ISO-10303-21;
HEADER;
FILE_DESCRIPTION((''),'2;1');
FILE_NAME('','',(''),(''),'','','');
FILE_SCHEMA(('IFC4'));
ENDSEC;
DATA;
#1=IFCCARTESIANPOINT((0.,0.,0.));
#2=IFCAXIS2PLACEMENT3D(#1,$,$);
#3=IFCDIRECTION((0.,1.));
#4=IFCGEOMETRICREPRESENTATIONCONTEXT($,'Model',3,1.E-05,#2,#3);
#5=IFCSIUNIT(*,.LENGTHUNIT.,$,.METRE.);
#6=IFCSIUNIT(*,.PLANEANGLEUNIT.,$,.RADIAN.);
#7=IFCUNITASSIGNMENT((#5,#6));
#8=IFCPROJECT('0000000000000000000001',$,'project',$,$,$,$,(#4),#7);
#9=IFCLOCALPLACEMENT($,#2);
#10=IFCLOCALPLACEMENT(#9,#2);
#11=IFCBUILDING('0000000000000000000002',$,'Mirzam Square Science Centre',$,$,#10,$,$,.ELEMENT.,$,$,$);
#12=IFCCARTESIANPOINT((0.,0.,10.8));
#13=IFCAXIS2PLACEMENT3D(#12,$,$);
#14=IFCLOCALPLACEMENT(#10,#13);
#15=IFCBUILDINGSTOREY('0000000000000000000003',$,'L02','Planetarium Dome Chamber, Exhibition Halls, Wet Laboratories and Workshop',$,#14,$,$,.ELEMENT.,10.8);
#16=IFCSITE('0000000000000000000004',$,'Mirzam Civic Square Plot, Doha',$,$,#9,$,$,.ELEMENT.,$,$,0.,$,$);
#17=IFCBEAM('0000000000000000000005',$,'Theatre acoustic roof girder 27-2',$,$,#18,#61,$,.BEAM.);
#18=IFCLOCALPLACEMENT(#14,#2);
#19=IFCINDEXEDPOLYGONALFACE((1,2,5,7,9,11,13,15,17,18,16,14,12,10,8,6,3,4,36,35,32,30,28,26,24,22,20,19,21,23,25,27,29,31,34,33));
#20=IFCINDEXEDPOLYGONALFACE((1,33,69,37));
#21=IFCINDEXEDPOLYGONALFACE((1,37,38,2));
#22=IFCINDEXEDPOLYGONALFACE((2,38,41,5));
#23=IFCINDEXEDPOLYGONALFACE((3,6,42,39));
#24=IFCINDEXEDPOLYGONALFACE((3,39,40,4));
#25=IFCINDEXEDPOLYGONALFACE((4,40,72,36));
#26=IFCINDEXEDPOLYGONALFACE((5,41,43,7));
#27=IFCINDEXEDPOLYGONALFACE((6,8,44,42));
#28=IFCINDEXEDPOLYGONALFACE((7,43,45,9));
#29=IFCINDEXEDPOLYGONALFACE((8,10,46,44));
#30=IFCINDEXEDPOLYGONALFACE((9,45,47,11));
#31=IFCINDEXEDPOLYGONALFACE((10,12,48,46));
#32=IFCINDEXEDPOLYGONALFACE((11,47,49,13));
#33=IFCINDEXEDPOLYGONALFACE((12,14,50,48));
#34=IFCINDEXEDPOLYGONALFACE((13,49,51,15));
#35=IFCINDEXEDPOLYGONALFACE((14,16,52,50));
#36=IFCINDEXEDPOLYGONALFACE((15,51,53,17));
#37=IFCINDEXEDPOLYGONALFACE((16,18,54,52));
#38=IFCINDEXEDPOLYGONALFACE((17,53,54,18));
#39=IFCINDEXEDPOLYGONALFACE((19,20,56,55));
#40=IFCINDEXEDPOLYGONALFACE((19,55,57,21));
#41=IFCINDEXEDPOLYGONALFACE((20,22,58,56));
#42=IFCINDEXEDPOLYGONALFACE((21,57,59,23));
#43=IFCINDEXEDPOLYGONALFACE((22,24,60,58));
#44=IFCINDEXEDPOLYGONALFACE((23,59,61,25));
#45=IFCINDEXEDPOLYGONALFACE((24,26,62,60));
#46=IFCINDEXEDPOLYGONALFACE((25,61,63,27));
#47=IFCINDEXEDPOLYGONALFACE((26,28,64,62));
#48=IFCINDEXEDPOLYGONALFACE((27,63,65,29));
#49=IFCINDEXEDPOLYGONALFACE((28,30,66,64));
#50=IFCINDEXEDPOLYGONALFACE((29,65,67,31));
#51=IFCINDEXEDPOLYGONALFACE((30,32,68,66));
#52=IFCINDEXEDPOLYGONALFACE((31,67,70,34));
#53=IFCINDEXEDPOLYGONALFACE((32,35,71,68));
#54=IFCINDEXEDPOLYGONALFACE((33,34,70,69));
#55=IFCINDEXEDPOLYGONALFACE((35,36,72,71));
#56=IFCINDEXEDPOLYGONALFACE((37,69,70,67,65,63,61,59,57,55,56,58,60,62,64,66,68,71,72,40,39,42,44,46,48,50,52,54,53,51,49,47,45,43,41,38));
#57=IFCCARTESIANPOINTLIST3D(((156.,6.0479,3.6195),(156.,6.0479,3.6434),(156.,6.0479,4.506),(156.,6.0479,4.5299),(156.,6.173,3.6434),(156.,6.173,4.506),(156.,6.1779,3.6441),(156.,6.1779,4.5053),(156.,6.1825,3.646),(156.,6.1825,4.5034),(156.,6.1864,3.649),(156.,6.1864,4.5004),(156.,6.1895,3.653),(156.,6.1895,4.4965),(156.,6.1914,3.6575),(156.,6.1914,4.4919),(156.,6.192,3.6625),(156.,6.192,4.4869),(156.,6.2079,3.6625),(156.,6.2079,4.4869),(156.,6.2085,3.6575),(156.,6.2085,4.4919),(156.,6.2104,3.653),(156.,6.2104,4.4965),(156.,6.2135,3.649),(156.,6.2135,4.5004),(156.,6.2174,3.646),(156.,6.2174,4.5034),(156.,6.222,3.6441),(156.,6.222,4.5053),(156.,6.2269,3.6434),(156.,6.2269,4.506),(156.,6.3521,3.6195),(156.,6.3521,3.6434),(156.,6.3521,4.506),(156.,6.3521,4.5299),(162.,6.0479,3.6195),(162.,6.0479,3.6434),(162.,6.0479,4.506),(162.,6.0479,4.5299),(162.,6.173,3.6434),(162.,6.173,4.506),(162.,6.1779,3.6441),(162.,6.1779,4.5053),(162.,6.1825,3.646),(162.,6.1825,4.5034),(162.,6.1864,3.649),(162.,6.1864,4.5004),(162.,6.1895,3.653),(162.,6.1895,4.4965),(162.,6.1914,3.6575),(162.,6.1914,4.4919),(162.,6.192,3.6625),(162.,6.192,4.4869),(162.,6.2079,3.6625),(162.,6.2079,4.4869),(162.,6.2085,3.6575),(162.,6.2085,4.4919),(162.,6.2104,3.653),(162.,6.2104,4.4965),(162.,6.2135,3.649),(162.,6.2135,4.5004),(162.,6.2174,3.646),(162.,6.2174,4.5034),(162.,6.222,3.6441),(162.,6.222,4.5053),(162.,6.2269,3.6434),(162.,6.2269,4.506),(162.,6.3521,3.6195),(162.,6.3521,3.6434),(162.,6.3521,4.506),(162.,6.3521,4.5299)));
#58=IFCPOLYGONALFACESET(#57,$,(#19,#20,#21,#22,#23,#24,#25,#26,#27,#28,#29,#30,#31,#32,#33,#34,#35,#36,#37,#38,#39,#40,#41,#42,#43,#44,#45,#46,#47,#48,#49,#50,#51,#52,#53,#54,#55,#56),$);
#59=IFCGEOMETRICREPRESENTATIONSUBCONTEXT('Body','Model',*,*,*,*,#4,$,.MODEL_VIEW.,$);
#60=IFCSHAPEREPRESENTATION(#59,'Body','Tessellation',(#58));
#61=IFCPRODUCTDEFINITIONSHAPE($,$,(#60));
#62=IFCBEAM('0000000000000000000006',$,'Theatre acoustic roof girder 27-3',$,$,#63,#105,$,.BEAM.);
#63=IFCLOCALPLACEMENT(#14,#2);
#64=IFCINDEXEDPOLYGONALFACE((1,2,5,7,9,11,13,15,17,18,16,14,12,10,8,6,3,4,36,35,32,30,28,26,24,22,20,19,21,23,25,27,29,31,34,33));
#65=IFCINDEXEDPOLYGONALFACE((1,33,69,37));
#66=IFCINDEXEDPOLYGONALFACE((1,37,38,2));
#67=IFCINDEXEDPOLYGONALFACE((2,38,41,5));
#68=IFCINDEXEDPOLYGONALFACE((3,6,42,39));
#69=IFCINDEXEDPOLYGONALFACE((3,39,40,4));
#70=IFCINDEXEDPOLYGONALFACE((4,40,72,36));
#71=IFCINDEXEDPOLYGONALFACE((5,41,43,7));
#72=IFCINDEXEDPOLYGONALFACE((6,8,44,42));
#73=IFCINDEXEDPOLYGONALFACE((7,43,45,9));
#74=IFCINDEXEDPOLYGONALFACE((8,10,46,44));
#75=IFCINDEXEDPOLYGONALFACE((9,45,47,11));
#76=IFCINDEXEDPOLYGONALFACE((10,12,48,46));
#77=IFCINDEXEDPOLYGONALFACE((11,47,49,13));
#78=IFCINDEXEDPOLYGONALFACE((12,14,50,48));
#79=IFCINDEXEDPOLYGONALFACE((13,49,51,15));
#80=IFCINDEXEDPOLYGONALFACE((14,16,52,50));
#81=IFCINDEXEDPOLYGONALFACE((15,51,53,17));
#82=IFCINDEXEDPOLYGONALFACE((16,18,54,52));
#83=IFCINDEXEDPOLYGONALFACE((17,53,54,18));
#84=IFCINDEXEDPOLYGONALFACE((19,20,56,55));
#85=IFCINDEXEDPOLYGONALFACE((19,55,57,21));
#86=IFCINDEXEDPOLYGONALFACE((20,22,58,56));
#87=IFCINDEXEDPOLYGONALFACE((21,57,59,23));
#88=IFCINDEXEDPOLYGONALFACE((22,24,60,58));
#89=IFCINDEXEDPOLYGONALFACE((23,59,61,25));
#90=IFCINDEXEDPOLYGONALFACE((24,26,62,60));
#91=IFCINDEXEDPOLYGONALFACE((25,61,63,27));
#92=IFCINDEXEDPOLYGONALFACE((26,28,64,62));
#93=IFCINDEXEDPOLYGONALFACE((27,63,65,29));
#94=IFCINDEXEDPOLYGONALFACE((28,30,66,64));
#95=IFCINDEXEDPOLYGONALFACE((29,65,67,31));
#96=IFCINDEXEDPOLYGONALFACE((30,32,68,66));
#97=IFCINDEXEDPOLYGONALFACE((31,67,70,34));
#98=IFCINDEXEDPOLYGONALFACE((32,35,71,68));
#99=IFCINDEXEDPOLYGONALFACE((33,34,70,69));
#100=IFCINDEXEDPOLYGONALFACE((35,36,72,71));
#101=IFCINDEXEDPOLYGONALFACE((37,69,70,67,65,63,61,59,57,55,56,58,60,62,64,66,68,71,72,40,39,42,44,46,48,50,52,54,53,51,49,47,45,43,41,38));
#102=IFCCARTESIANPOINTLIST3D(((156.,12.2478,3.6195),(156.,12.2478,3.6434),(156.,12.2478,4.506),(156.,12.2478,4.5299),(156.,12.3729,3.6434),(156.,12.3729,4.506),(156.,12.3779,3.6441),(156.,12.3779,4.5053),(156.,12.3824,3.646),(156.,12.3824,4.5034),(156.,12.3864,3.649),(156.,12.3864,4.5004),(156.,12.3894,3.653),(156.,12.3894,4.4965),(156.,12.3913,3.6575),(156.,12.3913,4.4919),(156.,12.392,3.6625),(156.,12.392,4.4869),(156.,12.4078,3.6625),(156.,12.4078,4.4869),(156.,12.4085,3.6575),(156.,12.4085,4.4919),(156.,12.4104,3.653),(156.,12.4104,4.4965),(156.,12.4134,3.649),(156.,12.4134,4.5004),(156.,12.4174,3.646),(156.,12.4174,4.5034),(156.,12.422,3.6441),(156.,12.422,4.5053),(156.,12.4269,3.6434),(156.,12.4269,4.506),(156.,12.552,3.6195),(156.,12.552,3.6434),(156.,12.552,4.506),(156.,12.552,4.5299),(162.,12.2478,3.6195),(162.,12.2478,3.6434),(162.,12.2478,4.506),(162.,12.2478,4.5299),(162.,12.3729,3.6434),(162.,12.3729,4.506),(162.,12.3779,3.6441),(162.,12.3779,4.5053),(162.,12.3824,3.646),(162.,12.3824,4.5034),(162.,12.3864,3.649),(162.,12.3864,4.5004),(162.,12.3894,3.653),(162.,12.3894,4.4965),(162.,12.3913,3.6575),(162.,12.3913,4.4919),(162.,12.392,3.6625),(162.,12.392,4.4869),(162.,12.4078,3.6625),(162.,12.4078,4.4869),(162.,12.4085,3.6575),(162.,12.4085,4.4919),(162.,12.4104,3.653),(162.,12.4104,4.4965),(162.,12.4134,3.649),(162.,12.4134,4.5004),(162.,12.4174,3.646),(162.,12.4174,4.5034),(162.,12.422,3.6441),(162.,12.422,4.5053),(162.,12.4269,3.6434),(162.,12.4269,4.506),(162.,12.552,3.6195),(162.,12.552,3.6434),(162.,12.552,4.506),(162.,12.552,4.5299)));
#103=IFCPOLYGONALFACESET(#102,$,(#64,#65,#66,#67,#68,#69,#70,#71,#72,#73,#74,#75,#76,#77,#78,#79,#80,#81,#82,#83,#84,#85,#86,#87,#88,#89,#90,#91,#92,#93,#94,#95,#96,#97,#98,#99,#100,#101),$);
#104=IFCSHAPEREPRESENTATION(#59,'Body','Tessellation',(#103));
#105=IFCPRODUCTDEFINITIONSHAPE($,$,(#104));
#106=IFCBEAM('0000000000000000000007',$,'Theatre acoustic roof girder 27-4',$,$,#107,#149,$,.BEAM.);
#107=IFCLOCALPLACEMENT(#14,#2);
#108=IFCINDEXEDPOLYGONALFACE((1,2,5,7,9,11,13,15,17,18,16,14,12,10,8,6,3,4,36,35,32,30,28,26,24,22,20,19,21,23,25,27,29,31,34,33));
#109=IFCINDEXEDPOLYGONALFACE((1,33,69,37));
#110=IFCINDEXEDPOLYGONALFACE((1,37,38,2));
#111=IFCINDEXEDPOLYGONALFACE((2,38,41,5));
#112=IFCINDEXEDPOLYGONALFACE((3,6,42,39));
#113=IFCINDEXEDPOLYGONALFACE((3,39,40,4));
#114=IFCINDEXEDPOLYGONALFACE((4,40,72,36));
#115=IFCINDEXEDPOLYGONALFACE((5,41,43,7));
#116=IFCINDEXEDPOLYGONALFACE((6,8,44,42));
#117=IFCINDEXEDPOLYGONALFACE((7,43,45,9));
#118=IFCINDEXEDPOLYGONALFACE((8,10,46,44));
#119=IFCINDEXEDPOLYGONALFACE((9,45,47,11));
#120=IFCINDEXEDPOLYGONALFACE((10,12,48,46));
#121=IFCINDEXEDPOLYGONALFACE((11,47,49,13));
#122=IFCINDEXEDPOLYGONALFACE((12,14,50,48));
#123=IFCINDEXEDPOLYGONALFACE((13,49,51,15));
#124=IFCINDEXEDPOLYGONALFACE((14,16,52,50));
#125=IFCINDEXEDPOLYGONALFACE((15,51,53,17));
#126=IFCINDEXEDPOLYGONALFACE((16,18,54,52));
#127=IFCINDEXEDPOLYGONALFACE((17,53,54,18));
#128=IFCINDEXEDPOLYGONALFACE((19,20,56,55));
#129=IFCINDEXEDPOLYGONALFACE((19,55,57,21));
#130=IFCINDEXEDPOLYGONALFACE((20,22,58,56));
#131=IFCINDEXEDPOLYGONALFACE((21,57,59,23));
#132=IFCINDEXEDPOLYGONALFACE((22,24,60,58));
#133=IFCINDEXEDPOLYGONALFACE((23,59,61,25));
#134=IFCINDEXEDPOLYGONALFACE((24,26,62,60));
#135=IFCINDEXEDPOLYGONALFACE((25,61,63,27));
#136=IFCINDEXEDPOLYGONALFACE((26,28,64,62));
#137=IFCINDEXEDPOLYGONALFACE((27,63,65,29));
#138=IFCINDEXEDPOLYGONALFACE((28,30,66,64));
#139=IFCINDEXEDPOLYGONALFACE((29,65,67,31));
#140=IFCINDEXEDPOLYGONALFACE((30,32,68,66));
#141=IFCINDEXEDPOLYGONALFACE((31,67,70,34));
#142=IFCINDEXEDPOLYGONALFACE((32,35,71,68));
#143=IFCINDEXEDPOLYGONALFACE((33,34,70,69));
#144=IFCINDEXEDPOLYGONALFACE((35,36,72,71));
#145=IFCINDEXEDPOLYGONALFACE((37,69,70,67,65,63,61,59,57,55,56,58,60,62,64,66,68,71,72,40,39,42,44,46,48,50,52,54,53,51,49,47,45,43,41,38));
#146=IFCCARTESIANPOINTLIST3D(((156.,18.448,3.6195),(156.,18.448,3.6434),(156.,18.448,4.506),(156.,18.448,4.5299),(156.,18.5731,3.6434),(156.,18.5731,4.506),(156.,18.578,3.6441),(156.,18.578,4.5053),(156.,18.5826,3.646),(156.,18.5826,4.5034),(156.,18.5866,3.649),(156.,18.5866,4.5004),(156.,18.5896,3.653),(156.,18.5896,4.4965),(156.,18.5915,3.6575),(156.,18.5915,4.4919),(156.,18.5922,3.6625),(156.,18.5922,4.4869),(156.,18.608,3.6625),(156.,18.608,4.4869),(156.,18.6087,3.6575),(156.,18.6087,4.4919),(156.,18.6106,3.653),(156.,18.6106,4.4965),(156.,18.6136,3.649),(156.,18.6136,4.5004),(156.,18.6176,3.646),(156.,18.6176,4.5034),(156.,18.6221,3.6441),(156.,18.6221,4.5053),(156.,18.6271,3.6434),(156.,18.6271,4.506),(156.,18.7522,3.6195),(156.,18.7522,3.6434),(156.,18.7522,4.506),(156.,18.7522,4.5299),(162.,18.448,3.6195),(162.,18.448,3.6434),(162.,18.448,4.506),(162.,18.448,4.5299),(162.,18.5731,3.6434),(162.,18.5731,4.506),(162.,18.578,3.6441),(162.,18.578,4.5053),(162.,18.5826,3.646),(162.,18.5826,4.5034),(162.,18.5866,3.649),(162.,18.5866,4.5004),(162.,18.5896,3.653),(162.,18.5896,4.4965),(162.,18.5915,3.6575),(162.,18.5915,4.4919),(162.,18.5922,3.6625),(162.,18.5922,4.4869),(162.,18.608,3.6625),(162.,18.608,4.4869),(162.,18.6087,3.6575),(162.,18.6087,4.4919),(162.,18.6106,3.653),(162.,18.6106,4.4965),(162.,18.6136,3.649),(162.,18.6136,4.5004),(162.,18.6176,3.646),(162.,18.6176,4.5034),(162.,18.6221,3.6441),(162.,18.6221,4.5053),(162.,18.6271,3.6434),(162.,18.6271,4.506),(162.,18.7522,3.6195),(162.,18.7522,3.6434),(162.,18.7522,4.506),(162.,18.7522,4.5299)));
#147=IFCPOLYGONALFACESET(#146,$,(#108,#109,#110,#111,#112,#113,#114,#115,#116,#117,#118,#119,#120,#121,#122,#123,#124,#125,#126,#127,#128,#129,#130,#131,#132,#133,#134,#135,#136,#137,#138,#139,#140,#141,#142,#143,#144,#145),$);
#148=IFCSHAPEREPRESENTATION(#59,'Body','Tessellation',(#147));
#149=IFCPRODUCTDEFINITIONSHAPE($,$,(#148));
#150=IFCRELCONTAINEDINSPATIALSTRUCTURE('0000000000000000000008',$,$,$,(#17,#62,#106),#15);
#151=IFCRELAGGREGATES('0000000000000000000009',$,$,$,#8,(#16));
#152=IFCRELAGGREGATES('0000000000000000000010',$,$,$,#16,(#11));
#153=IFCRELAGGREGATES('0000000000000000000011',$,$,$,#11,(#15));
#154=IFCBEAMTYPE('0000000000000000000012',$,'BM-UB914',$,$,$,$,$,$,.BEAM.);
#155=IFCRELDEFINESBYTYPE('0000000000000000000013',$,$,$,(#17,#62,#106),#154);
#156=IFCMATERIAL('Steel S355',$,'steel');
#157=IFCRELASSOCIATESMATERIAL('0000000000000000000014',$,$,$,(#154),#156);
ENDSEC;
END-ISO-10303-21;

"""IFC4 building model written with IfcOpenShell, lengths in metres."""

from ifc_helpers import new_model, si_unit, direction, frame, origin, origin_2d, place, context, subcontext, project, spatial, i_section, extrude, material, material_profile, profile_set, type_object, element, save


model = new_model("IFC4")

# Units and contexts
model_context = context("Model", 3, precision=1e-05, world=origin(), true_north=direction((0.0, 1.0)))
body_context = subcontext(model_context, "Body", "Model", "MODEL_VIEW")
ifc_project = project(units=[si_unit("LENGTHUNIT", "METRE"), si_unit("PLANEANGLEUNIT", "RADIAN")], contexts=[model_context])

# Site, building, storey
site_placement = place(None, origin())
site = spatial("IfcSite", under=ifc_project, at=site_placement, Name="Mirzam Civic Square Plot, Doha", CompositionType="ELEMENT", RefElevation=0.0)
building_placement = place(site_placement, origin())
building = spatial("IfcBuilding", under=site, at=building_placement, Name="Mirzam Square Science Centre", CompositionType="ELEMENT")
storey_placement = place(building_placement, frame((0.0, 0.0, 10.8)))
storey = spatial("IfcBuildingStorey", under=building, at=storey_placement, Name="L02", Description="Planetarium Dome Chamber, Exhibition Halls, Wet Laboratories and Workshop", CompositionType="ELEMENT", Elevation=10.8)

# Shared definitions
ifc_material_1 = material(Name="Steel S355", Category="steel")

# Beams
ifc_material_profile_1 = material_profile(ifc_material_1, i_section(OverallWidth=0.3042, OverallDepth=0.9104, WebThickness=0.0159, FlangeThickness=0.0239, FilletRadius=0.019, at=origin_2d()), Name="914x305x224UB")
ifc_profile_set_1 = profile_set([ifc_material_profile_1], Name="Steel S355")
beam_type_1 = type_object("IfcBeamType", Name="BM-UB914", PredefinedType="BEAM", material=ifc_profile_set_1)
for number, where, z_axis, x_axis, name in (
    (1, (156.0, 6.2, 4.0747), (1.0, 0.0, 0.0), (0.0, 1.0, 0.0), "Theatre acoustic roof girder 27-2"),
    (2, (156.0, 12.3999, 4.0747), (1.0, 0.0, 0.0), (0.0, 1.0, 0.0), "Theatre acoustic roof girder 27-3"),
    (3, (156.0, 18.6001, 4.0747), (1.0, 0.0, 0.0), (0.0, 1.0, 0.0), "Theatre acoustic roof girder 27-4"),
):
    element("IfcBeam", number, at=place(storey_placement, frame(where, z_axis=z_axis, x_axis=x_axis)), inside=storey, type_object=beam_type_1, Name=name, PredefinedType="BEAM", context=body_context, shape_type="SweptSolid", body=[
        extrude(i_section(OverallWidth=0.3042, OverallDepth=0.9104, WebThickness=0.0159, FlangeThickness=0.0239, FilletRadius=0.019, at=origin_2d()), origin(), (0.0, 0.0, 1.0), 6.0),
    ])

save(model, "model.ifc")
